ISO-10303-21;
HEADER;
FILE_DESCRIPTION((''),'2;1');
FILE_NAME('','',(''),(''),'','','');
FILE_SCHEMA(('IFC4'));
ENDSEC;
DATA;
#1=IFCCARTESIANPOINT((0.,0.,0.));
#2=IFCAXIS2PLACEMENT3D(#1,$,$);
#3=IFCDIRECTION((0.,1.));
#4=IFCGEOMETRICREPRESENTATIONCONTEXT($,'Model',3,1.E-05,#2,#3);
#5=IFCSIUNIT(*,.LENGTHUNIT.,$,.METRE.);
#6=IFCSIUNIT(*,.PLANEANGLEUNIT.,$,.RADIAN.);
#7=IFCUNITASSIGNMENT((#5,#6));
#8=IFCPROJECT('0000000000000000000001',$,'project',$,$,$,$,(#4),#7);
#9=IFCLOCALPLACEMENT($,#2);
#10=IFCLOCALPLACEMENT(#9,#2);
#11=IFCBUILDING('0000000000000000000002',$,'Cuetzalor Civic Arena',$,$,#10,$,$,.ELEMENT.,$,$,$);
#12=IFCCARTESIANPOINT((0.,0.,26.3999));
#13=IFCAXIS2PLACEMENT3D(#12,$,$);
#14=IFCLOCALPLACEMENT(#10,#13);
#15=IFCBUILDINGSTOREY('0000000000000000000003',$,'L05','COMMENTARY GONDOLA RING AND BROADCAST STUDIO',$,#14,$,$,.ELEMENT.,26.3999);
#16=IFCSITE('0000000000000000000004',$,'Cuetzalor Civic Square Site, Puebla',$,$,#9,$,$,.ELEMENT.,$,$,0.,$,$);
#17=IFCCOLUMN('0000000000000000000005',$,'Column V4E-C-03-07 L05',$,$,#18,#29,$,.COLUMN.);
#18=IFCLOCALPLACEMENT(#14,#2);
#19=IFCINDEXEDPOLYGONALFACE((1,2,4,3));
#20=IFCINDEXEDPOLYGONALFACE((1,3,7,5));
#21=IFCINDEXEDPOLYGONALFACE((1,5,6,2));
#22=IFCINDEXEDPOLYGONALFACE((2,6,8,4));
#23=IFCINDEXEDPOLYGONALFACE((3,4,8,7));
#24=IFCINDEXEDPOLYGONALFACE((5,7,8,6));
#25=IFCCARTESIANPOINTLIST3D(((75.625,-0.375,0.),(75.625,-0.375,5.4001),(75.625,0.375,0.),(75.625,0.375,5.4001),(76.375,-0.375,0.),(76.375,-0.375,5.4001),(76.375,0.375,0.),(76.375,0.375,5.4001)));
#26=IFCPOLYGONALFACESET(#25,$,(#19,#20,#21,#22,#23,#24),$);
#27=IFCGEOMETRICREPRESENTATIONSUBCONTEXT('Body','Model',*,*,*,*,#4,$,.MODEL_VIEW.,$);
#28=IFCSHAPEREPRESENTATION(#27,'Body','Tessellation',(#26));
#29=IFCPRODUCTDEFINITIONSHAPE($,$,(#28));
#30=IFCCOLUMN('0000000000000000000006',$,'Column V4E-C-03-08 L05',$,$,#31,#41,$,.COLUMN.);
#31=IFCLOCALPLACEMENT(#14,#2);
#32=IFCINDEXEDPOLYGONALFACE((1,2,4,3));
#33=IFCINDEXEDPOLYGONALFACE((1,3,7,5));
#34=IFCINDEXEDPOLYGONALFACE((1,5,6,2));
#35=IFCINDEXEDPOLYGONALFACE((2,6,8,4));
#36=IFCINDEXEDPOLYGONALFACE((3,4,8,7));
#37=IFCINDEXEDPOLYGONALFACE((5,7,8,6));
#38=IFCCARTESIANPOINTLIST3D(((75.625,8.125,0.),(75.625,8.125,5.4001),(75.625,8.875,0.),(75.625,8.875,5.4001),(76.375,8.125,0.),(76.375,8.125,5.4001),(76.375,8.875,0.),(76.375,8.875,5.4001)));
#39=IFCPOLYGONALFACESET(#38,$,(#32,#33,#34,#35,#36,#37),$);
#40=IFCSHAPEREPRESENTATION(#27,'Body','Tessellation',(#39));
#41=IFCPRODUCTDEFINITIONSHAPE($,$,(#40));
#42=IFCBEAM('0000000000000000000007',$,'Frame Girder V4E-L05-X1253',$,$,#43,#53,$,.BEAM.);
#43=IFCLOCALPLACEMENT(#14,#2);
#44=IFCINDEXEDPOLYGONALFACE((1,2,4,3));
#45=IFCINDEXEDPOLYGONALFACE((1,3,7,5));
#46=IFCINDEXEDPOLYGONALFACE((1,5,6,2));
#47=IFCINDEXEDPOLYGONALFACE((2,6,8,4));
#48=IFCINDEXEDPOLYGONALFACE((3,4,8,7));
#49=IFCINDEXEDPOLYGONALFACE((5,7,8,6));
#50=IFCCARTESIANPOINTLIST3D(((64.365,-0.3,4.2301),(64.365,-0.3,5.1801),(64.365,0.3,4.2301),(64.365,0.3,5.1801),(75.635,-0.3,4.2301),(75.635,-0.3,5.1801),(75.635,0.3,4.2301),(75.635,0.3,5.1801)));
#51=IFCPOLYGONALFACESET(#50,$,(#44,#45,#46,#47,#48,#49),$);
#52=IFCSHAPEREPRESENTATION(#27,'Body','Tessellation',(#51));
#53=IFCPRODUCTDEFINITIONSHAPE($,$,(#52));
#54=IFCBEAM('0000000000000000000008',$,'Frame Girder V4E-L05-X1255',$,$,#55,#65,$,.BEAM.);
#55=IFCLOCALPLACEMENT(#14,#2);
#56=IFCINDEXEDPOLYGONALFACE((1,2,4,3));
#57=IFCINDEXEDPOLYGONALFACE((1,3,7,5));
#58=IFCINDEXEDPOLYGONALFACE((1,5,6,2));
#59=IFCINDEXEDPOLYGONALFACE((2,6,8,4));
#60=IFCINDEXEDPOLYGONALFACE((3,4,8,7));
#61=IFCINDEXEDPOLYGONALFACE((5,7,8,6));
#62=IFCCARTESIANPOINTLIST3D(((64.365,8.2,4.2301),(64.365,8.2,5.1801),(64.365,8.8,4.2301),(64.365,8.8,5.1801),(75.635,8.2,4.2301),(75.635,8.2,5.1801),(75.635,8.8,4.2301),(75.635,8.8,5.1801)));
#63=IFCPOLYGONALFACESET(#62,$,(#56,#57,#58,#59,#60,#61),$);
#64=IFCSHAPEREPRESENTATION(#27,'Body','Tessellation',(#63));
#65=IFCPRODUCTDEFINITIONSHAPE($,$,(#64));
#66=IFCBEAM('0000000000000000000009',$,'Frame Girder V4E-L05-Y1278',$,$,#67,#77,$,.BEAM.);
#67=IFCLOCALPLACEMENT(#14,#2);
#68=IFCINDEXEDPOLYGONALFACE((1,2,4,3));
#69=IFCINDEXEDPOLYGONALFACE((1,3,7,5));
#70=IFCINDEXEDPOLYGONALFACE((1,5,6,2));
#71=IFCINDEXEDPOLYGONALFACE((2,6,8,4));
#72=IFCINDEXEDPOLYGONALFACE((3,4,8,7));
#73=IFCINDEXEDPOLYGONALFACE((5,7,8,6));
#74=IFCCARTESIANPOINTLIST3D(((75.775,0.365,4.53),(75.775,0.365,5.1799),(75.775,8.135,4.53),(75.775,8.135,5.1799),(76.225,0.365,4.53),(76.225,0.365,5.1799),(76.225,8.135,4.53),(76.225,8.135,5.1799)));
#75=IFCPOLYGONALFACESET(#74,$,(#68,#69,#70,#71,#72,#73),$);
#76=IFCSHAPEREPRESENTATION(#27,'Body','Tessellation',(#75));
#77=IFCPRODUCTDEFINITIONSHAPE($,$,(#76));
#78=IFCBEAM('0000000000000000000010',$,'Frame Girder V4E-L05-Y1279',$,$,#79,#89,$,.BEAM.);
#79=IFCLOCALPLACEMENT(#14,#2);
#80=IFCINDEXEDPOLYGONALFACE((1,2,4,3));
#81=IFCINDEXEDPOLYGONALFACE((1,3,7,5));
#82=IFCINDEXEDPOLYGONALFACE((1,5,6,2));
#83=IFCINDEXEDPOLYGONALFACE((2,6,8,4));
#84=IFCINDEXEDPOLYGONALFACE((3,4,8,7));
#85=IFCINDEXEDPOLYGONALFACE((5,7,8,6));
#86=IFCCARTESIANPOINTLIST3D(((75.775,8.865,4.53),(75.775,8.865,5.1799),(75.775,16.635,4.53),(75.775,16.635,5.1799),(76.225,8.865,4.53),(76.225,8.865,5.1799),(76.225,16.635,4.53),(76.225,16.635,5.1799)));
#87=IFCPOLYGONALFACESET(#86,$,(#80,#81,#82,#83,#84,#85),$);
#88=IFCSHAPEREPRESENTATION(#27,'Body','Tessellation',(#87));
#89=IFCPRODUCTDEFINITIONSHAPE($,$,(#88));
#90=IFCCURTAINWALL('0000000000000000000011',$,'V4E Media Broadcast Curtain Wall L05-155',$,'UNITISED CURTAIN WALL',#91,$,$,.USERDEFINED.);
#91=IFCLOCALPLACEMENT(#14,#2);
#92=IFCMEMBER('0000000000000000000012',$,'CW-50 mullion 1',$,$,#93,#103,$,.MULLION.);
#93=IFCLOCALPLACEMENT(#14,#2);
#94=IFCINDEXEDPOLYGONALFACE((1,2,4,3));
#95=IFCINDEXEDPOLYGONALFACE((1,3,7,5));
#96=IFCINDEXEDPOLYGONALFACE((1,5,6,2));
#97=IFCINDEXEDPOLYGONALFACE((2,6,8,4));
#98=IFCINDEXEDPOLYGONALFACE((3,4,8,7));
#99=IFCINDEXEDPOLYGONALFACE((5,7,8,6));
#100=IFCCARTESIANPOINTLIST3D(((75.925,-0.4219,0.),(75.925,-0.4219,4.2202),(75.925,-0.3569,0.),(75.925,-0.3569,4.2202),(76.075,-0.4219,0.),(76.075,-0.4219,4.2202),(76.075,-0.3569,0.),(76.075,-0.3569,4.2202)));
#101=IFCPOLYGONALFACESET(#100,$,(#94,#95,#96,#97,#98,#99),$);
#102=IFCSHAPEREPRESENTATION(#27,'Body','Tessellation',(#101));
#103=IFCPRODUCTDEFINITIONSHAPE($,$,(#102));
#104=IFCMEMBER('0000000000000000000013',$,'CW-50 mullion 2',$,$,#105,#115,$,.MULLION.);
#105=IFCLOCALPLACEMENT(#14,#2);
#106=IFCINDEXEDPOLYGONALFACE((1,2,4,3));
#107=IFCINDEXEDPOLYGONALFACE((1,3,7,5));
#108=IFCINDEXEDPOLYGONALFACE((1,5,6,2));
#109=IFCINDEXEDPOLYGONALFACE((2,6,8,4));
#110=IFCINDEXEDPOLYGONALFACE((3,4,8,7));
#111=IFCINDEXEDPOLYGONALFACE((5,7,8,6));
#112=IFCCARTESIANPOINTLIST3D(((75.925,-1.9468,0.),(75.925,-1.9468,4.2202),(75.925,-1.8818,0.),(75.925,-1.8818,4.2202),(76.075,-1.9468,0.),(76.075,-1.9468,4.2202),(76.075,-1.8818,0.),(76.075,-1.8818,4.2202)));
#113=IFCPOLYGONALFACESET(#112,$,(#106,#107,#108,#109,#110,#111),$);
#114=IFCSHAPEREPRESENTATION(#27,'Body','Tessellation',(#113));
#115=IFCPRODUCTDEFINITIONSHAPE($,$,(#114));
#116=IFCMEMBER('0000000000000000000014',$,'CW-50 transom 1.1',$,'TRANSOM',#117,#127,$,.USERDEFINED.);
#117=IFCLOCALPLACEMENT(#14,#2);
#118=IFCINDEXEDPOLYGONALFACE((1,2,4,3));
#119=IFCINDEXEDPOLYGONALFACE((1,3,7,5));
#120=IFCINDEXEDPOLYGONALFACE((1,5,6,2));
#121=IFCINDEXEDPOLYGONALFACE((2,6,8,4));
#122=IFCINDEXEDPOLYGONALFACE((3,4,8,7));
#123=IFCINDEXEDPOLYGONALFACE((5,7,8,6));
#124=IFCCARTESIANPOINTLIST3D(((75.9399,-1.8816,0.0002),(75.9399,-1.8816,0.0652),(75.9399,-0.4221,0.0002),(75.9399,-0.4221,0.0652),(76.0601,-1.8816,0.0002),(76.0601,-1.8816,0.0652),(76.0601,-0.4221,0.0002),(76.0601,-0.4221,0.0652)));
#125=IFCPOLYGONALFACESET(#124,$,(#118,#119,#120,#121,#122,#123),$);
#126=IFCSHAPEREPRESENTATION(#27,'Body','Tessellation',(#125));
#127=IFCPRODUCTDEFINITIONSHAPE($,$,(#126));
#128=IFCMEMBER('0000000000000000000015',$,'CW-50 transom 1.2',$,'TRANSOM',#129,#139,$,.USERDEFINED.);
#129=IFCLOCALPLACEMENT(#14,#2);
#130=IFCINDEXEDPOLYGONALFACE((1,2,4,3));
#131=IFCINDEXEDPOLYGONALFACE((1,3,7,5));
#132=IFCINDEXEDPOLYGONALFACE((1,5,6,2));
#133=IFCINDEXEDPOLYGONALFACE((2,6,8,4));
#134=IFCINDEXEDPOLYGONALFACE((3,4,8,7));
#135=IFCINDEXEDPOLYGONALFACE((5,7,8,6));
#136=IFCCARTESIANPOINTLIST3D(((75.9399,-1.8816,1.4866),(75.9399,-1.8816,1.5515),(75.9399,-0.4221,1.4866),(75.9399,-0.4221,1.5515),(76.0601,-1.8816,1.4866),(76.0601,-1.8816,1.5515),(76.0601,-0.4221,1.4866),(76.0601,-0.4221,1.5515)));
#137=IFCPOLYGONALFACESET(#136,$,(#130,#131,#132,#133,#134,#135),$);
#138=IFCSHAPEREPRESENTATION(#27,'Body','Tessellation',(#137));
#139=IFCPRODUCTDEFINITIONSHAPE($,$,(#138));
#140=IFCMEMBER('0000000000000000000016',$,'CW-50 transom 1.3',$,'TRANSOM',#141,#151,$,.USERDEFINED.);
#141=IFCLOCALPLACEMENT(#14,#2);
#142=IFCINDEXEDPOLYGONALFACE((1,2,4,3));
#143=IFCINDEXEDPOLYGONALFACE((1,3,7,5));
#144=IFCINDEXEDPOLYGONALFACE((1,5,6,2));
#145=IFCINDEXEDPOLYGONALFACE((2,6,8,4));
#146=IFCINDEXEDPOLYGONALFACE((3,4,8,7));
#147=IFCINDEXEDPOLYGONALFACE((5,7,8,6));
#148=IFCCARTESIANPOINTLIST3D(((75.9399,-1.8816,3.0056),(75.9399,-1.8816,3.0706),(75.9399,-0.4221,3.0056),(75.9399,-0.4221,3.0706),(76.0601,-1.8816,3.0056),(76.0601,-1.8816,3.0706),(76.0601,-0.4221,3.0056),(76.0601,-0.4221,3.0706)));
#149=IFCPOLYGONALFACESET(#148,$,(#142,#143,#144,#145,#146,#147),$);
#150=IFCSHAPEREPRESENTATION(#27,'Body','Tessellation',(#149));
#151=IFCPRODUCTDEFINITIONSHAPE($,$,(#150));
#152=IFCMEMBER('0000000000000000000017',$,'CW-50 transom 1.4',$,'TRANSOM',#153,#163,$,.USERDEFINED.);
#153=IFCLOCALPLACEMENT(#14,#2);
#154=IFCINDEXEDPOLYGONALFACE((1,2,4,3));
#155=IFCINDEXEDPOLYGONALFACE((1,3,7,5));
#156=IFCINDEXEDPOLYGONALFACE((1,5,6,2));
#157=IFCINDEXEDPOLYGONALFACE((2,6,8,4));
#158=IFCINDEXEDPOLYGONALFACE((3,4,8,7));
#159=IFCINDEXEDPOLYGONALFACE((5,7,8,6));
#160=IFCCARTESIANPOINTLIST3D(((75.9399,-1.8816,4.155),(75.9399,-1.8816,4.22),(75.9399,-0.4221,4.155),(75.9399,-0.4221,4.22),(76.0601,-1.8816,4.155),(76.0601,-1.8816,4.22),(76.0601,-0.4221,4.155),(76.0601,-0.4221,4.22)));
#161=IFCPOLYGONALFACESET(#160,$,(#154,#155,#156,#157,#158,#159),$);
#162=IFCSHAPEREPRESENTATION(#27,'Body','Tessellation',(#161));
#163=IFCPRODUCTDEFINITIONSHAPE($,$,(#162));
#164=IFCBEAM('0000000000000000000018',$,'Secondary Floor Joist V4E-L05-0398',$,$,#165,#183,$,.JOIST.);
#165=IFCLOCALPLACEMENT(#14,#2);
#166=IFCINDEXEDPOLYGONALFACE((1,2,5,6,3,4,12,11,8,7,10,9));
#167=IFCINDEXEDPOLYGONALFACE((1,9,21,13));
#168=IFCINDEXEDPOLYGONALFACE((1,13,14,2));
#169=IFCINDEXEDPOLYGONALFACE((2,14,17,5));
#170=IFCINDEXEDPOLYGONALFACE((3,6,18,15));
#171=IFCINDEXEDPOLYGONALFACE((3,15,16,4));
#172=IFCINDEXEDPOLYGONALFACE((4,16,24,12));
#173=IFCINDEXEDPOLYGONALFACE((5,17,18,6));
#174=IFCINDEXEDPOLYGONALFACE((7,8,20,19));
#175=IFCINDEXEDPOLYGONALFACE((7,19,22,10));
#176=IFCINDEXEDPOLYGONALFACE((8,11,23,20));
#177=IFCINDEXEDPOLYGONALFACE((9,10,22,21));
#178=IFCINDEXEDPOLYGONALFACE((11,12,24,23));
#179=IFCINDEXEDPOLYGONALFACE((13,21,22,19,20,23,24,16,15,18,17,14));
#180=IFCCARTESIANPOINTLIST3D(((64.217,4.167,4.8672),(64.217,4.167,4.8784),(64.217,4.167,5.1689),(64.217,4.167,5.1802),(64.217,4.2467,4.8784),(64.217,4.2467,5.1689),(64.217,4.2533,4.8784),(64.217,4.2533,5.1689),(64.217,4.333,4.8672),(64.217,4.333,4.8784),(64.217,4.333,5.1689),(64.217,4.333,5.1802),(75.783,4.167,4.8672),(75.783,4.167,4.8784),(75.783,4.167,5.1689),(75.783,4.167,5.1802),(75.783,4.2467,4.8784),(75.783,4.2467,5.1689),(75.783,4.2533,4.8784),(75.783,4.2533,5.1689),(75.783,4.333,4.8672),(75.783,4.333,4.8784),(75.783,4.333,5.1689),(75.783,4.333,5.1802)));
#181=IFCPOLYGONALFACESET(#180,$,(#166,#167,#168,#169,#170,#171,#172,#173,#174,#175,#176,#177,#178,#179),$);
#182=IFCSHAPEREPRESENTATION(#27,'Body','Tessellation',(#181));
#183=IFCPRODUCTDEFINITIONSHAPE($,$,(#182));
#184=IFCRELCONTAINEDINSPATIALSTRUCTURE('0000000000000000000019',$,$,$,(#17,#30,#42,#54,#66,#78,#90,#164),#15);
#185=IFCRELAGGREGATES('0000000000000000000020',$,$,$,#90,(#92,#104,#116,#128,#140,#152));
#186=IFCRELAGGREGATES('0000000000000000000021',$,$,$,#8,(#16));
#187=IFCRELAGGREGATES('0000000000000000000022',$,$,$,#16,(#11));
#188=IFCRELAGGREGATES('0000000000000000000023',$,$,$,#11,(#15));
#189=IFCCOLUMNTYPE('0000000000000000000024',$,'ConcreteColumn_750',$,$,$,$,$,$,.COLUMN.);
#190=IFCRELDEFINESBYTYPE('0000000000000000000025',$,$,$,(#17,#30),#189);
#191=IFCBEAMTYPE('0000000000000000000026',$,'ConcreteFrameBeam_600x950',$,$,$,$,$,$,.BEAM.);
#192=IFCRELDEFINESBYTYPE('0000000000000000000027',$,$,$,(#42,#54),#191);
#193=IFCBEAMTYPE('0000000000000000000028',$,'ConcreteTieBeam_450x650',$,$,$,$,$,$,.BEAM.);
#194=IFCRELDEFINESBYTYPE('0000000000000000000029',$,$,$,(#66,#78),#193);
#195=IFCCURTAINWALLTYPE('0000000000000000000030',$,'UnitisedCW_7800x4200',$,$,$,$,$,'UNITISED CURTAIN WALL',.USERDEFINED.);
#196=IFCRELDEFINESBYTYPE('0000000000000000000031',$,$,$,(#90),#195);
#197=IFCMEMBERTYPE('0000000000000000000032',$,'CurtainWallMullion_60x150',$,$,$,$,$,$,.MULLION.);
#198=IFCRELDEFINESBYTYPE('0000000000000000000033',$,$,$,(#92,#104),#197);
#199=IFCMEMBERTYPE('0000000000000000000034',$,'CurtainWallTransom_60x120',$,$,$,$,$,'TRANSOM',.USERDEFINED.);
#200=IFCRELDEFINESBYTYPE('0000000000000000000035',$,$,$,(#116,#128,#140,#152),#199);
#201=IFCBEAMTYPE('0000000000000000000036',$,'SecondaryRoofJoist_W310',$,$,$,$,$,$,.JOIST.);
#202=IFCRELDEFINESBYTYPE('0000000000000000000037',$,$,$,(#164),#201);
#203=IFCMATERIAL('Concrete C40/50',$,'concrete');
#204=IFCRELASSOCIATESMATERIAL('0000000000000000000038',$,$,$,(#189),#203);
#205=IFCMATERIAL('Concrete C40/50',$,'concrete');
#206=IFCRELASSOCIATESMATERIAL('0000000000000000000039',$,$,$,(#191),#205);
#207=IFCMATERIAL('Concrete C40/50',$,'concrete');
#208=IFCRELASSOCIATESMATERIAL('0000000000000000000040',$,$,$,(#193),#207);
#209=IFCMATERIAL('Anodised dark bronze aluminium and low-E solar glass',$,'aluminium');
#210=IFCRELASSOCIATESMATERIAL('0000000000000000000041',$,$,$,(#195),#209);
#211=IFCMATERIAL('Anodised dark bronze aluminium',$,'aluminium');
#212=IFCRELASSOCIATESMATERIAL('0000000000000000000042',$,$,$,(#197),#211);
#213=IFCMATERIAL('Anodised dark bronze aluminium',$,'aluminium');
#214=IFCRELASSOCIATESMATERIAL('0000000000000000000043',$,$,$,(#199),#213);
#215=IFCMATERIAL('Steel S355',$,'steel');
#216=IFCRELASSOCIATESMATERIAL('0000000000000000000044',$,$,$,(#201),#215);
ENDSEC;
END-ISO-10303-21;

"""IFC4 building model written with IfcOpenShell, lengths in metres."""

from ifc_helpers import new_model, si_unit, direction, frame, origin, origin_2d, place, context, subcontext, project, spatial, rectangle, i_section, extrude, material, material_profile, profile_set, type_object, element, aggregate, save


model = new_model("IFC4")

# Units and contexts
model_context = context("Model", 3, precision=1e-05, world=origin(), true_north=direction((0.0, 1.0)))
body_context = subcontext(model_context, "Body", "Model", "MODEL_VIEW")
ifc_project = project(units=[si_unit("LENGTHUNIT", "METRE"), si_unit("PLANEANGLEUNIT", "RADIAN")], contexts=[model_context])

# Site, building, storey
site_placement = place(None, origin())
site = spatial("IfcSite", under=ifc_project, at=site_placement, Name="Cuetzalor Civic Square Site, Puebla", CompositionType="ELEMENT", RefElevation=0.0)
building_placement = place(site_placement, origin())
building = spatial("IfcBuilding", under=site, at=building_placement, Name="Cuetzalor Civic Arena", CompositionType="ELEMENT")
storey_placement = place(building_placement, frame((0.0, 0.0, 26.3999)))
storey = spatial("IfcBuildingStorey", under=building, at=storey_placement, Name="L05", Description="COMMENTARY GONDOLA RING AND BROADCAST STUDIO", CompositionType="ELEMENT", Elevation=26.3999)

# Columns
ifc_material_1 = material(Name="Concrete C40/50", Category="concrete")
ifc_material_profile_1 = material_profile(ifc_material_1, rectangle(XDim=0.75, YDim=0.75, at=origin_2d()), Name="RC 750x750")
ifc_profile_set_1 = profile_set([ifc_material_profile_1], Name="Concrete C40/50")
column_type = type_object("IfcColumnType", Name="ConcreteColumn_750", PredefinedType="COLUMN", material=ifc_profile_set_1)
for number, where, z_axis, x_axis, name in (
    (1, (76.0, 0.0, 0.0), (0.0, 0.0, 1.0), (1.0, 0.0, 0.0), "Column V4E-C-03-07 L05"),
    (2, (76.0, 8.5, 0.0), (0.0, 0.0, 1.0), (1.0, 0.0, 0.0), "Column V4E-C-03-08 L05"),
):
    element("IfcColumn", number, at=place(storey_placement, frame(where, z_axis=z_axis, x_axis=x_axis)), inside=storey, type_object=column_type, Name=name, PredefinedType="COLUMN", context=body_context, shape_type="SweptSolid", body=[
        extrude(rectangle(XDim=0.75, YDim=0.75, at=origin_2d()), origin(), (0.0, 0.0, 1.0), 5.4001),
    ])

# Beams
ifc_material_2 = material(Name="Concrete C40/50", Category="concrete")
ifc_material_profile_2 = material_profile(ifc_material_2, rectangle(XDim=0.6001, YDim=0.95, at=origin_2d()), Name="RC 600x950")
ifc_profile_set_2 = profile_set([ifc_material_profile_2], Name="Concrete C40/50")
beam_type_1 = type_object("IfcBeamType", Name="ConcreteFrameBeam_600x950", PredefinedType="BEAM", material=ifc_profile_set_2)
for number, where, z_axis, x_axis, name in (
    (3, (64.365, 0.0, 4.7051), (1.0, 0.0, 0.0), (0.0, 1.0, 0.0), "Frame Girder V4E-L05-X1253"),
    (4, (64.365, 8.5, 4.7051), (1.0, 0.0, 0.0), (0.0, 1.0, 0.0), "Frame Girder V4E-L05-X1255"),
):
    element("IfcBeam", number, at=place(storey_placement, frame(where, z_axis=z_axis, x_axis=x_axis)), inside=storey, type_object=beam_type_1, Name=name, PredefinedType="BEAM", context=body_context, shape_type="SweptSolid", body=[
        extrude(rectangle(XDim=0.6001, YDim=0.95, at=origin_2d()), origin(), (0.0, 0.0, 1.0), 11.27),
    ])
ifc_material_3 = material(Name="Concrete C40/50", Category="concrete")
ifc_material_profile_3 = material_profile(ifc_material_3, rectangle(XDim=0.45, YDim=0.6499, at=origin_2d()), Name="RC 450x650")
ifc_profile_set_3 = profile_set([ifc_material_profile_3], Name="Concrete C40/50")
beam_type_2 = type_object("IfcBeamType", Name="ConcreteTieBeam_450x650", PredefinedType="BEAM", material=ifc_profile_set_3)
for number, where, z_axis, x_axis, name in (
    (5, (76.0, 0.365, 4.855), (0.0, 1.0, 0.0), (-1.0, 0.0, 0.0), "Frame Girder V4E-L05-Y1278"),
    (6, (76.0, 8.865, 4.855), (0.0, 1.0, 0.0), (-1.0, 0.0, 0.0), "Frame Girder V4E-L05-Y1279"),
):
    element("IfcBeam", number, at=place(storey_placement, frame(where, z_axis=z_axis, x_axis=x_axis)), inside=storey, type_object=beam_type_2, Name=name, PredefinedType="BEAM", context=body_context, shape_type="SweptSolid", body=[
        extrude(rectangle(XDim=0.45, YDim=0.6499, at=origin_2d()), origin(), (0.0, 0.0, 1.0), 7.77),
    ])

# Curtain wall, members
ifc_material_4 = material(Name="Anodised dark bronze aluminium and low-E solar glass", Category="aluminium")
curtain_wall_type = type_object("IfcCurtainWallType", Name="UnitisedCW_7800x4200", ElementType="UNITISED CURTAIN WALL", PredefinedType="USERDEFINED", material=ifc_material_4)
curtain_wall_placement = place(storey_placement, origin())
curtain_wall = element("IfcCurtainWall", 7, at=curtain_wall_placement, inside=storey, type_object=curtain_wall_type, Name="V4E Media Broadcast Curtain Wall L05-155", ObjectType="UNITISED CURTAIN WALL", PredefinedType="USERDEFINED")
ifc_material_5 = material(Name="Anodised dark bronze aluminium", Category="aluminium")
ifc_material_profile_4 = material_profile(ifc_material_5, rectangle(XDim=0.0649, YDim=0.1499, at=origin_2d()), Name="ALU MULLION 65x150")
ifc_profile_set_4 = profile_set([ifc_material_profile_4], Name="Anodised dark bronze aluminium")
member_type_1 = type_object("IfcMemberType", Name="CurtainWallMullion_60x150", PredefinedType="MULLION", material=ifc_profile_set_4)
member_1_placement = place(storey_placement, frame((76.0, -0.3894, 0.0), z_axis=(0.0, 0.0, 1.0), x_axis=(0.0, -1.0, 0.0)))
member_1 = element("IfcMember", 8, at=member_1_placement, type_object=member_type_1, Name="CW-50 mullion 1", PredefinedType="MULLION", context=body_context, shape_type="SweptSolid", body=[
    extrude(rectangle(XDim=0.0649, YDim=0.1499, at=origin_2d()), origin(), (0.0, 0.0, 1.0), 4.2202),
])
member_2_placement = place(storey_placement, frame((76.0, -1.9143, 0.0), z_axis=(0.0, 0.0, 1.0), x_axis=(0.0, -1.0, 0.0)))
member_2 = element("IfcMember", 9, at=member_2_placement, type_object=member_type_1, Name="CW-50 mullion 2", PredefinedType="MULLION", context=body_context, shape_type="SweptSolid", body=[
    extrude(rectangle(XDim=0.0649, YDim=0.1499, at=origin_2d()), origin(), (0.0, 0.0, 1.0), 4.2202),
])
ifc_material_6 = material(Name="Anodised dark bronze aluminium", Category="aluminium")
ifc_material_profile_5 = material_profile(ifc_material_6, rectangle(XDim=0.1201, YDim=0.0649, at=origin_2d()), Name="ALU TRANSOM 65x120")
ifc_profile_set_5 = profile_set([ifc_material_profile_5], Name="Anodised dark bronze aluminium")
member_type_2 = type_object("IfcMemberType", Name="CurtainWallTransom_60x120", ElementType="TRANSOM", PredefinedType="USERDEFINED", material=ifc_profile_set_5)
member_3_placement = place(storey_placement, frame((76.0, -0.4221, 0.0327), z_axis=(0.0, -1.0, 0.0), x_axis=(1.0, 0.0, 0.0)))
member_3 = element("IfcMember", 10, at=member_3_placement, type_object=member_type_2, Name="CW-50 transom 1.1", ObjectType="TRANSOM", PredefinedType="USERDEFINED", context=body_context, shape_type="SweptSolid", body=[
    extrude(rectangle(XDim=0.1201, YDim=0.0649, at=origin_2d()), origin(), (0.0, 0.0, 1.0), 1.4595),
])
member_4_placement = place(storey_placement, frame((76.0, -0.4221, 1.519), z_axis=(0.0, -1.0, 0.0), x_axis=(1.0, 0.0, 0.0)))
member_4 = element("IfcMember", 11, at=member_4_placement, type_object=member_type_2, Name="CW-50 transom 1.2", ObjectType="TRANSOM", PredefinedType="USERDEFINED", context=body_context, shape_type="SweptSolid", body=[
    extrude(rectangle(XDim=0.1201, YDim=0.0649, at=origin_2d()), origin(), (0.0, 0.0, 1.0), 1.4595),
])
member_5_placement = place(storey_placement, frame((76.0, -0.4221, 3.0381), z_axis=(0.0, -1.0, 0.0), x_axis=(1.0, 0.0, 0.0)))
member_5 = element("IfcMember", 12, at=member_5_placement, type_object=member_type_2, Name="CW-50 transom 1.3", ObjectType="TRANSOM", PredefinedType="USERDEFINED", context=body_context, shape_type="SweptSolid", body=[
    extrude(rectangle(XDim=0.1201, YDim=0.0649, at=origin_2d()), origin(), (0.0, 0.0, 1.0), 1.4595),
])
member_6_placement = place(storey_placement, frame((76.0, -0.4221, 4.1875), z_axis=(0.0, -1.0, 0.0), x_axis=(1.0, 0.0, 0.0)))
member_6 = element("IfcMember", 13, at=member_6_placement, type_object=member_type_2, Name="CW-50 transom 1.4", ObjectType="TRANSOM", PredefinedType="USERDEFINED", context=body_context, shape_type="SweptSolid", body=[
    extrude(rectangle(XDim=0.1201, YDim=0.0649, at=origin_2d()), origin(), (0.0, 0.0, 1.0), 1.4595),
])

# Beam
ifc_material_7 = material(Name="Steel S355", Category="steel")
ifc_material_profile_6 = material_profile(ifc_material_7, i_section(OverallWidth=0.166, OverallDepth=0.313, WebThickness=0.0066, FlangeThickness=0.0112, at=origin_2d()), Name="W310x45")
ifc_profile_set_6 = profile_set([ifc_material_profile_6], Name="Steel S355")
beam_type_3 = type_object("IfcBeamType", Name="SecondaryRoofJoist_W310", PredefinedType="JOIST", material=ifc_profile_set_6)
beam_placement = place(storey_placement, frame((64.217, 4.25, 5.0237), z_axis=(1.0, 0.0, 0.0), x_axis=(0.0, 1.0, 0.0)))
element("IfcBeam", 14, at=beam_placement, inside=storey, type_object=beam_type_3, Name="Secondary Floor Joist V4E-L05-0398", PredefinedType="JOIST", context=body_context, shape_type="SweptSolid", body=[
    extrude(i_section(OverallWidth=0.166, OverallDepth=0.313, WebThickness=0.0066, FlangeThickness=0.0112, at=origin_2d()), origin(), (0.0, 0.0, 1.0), 11.5659),
])

aggregate(curtain_wall, [member_1, member_2, member_3, member_4, member_5, member_6])

save(model, "model.ifc")
